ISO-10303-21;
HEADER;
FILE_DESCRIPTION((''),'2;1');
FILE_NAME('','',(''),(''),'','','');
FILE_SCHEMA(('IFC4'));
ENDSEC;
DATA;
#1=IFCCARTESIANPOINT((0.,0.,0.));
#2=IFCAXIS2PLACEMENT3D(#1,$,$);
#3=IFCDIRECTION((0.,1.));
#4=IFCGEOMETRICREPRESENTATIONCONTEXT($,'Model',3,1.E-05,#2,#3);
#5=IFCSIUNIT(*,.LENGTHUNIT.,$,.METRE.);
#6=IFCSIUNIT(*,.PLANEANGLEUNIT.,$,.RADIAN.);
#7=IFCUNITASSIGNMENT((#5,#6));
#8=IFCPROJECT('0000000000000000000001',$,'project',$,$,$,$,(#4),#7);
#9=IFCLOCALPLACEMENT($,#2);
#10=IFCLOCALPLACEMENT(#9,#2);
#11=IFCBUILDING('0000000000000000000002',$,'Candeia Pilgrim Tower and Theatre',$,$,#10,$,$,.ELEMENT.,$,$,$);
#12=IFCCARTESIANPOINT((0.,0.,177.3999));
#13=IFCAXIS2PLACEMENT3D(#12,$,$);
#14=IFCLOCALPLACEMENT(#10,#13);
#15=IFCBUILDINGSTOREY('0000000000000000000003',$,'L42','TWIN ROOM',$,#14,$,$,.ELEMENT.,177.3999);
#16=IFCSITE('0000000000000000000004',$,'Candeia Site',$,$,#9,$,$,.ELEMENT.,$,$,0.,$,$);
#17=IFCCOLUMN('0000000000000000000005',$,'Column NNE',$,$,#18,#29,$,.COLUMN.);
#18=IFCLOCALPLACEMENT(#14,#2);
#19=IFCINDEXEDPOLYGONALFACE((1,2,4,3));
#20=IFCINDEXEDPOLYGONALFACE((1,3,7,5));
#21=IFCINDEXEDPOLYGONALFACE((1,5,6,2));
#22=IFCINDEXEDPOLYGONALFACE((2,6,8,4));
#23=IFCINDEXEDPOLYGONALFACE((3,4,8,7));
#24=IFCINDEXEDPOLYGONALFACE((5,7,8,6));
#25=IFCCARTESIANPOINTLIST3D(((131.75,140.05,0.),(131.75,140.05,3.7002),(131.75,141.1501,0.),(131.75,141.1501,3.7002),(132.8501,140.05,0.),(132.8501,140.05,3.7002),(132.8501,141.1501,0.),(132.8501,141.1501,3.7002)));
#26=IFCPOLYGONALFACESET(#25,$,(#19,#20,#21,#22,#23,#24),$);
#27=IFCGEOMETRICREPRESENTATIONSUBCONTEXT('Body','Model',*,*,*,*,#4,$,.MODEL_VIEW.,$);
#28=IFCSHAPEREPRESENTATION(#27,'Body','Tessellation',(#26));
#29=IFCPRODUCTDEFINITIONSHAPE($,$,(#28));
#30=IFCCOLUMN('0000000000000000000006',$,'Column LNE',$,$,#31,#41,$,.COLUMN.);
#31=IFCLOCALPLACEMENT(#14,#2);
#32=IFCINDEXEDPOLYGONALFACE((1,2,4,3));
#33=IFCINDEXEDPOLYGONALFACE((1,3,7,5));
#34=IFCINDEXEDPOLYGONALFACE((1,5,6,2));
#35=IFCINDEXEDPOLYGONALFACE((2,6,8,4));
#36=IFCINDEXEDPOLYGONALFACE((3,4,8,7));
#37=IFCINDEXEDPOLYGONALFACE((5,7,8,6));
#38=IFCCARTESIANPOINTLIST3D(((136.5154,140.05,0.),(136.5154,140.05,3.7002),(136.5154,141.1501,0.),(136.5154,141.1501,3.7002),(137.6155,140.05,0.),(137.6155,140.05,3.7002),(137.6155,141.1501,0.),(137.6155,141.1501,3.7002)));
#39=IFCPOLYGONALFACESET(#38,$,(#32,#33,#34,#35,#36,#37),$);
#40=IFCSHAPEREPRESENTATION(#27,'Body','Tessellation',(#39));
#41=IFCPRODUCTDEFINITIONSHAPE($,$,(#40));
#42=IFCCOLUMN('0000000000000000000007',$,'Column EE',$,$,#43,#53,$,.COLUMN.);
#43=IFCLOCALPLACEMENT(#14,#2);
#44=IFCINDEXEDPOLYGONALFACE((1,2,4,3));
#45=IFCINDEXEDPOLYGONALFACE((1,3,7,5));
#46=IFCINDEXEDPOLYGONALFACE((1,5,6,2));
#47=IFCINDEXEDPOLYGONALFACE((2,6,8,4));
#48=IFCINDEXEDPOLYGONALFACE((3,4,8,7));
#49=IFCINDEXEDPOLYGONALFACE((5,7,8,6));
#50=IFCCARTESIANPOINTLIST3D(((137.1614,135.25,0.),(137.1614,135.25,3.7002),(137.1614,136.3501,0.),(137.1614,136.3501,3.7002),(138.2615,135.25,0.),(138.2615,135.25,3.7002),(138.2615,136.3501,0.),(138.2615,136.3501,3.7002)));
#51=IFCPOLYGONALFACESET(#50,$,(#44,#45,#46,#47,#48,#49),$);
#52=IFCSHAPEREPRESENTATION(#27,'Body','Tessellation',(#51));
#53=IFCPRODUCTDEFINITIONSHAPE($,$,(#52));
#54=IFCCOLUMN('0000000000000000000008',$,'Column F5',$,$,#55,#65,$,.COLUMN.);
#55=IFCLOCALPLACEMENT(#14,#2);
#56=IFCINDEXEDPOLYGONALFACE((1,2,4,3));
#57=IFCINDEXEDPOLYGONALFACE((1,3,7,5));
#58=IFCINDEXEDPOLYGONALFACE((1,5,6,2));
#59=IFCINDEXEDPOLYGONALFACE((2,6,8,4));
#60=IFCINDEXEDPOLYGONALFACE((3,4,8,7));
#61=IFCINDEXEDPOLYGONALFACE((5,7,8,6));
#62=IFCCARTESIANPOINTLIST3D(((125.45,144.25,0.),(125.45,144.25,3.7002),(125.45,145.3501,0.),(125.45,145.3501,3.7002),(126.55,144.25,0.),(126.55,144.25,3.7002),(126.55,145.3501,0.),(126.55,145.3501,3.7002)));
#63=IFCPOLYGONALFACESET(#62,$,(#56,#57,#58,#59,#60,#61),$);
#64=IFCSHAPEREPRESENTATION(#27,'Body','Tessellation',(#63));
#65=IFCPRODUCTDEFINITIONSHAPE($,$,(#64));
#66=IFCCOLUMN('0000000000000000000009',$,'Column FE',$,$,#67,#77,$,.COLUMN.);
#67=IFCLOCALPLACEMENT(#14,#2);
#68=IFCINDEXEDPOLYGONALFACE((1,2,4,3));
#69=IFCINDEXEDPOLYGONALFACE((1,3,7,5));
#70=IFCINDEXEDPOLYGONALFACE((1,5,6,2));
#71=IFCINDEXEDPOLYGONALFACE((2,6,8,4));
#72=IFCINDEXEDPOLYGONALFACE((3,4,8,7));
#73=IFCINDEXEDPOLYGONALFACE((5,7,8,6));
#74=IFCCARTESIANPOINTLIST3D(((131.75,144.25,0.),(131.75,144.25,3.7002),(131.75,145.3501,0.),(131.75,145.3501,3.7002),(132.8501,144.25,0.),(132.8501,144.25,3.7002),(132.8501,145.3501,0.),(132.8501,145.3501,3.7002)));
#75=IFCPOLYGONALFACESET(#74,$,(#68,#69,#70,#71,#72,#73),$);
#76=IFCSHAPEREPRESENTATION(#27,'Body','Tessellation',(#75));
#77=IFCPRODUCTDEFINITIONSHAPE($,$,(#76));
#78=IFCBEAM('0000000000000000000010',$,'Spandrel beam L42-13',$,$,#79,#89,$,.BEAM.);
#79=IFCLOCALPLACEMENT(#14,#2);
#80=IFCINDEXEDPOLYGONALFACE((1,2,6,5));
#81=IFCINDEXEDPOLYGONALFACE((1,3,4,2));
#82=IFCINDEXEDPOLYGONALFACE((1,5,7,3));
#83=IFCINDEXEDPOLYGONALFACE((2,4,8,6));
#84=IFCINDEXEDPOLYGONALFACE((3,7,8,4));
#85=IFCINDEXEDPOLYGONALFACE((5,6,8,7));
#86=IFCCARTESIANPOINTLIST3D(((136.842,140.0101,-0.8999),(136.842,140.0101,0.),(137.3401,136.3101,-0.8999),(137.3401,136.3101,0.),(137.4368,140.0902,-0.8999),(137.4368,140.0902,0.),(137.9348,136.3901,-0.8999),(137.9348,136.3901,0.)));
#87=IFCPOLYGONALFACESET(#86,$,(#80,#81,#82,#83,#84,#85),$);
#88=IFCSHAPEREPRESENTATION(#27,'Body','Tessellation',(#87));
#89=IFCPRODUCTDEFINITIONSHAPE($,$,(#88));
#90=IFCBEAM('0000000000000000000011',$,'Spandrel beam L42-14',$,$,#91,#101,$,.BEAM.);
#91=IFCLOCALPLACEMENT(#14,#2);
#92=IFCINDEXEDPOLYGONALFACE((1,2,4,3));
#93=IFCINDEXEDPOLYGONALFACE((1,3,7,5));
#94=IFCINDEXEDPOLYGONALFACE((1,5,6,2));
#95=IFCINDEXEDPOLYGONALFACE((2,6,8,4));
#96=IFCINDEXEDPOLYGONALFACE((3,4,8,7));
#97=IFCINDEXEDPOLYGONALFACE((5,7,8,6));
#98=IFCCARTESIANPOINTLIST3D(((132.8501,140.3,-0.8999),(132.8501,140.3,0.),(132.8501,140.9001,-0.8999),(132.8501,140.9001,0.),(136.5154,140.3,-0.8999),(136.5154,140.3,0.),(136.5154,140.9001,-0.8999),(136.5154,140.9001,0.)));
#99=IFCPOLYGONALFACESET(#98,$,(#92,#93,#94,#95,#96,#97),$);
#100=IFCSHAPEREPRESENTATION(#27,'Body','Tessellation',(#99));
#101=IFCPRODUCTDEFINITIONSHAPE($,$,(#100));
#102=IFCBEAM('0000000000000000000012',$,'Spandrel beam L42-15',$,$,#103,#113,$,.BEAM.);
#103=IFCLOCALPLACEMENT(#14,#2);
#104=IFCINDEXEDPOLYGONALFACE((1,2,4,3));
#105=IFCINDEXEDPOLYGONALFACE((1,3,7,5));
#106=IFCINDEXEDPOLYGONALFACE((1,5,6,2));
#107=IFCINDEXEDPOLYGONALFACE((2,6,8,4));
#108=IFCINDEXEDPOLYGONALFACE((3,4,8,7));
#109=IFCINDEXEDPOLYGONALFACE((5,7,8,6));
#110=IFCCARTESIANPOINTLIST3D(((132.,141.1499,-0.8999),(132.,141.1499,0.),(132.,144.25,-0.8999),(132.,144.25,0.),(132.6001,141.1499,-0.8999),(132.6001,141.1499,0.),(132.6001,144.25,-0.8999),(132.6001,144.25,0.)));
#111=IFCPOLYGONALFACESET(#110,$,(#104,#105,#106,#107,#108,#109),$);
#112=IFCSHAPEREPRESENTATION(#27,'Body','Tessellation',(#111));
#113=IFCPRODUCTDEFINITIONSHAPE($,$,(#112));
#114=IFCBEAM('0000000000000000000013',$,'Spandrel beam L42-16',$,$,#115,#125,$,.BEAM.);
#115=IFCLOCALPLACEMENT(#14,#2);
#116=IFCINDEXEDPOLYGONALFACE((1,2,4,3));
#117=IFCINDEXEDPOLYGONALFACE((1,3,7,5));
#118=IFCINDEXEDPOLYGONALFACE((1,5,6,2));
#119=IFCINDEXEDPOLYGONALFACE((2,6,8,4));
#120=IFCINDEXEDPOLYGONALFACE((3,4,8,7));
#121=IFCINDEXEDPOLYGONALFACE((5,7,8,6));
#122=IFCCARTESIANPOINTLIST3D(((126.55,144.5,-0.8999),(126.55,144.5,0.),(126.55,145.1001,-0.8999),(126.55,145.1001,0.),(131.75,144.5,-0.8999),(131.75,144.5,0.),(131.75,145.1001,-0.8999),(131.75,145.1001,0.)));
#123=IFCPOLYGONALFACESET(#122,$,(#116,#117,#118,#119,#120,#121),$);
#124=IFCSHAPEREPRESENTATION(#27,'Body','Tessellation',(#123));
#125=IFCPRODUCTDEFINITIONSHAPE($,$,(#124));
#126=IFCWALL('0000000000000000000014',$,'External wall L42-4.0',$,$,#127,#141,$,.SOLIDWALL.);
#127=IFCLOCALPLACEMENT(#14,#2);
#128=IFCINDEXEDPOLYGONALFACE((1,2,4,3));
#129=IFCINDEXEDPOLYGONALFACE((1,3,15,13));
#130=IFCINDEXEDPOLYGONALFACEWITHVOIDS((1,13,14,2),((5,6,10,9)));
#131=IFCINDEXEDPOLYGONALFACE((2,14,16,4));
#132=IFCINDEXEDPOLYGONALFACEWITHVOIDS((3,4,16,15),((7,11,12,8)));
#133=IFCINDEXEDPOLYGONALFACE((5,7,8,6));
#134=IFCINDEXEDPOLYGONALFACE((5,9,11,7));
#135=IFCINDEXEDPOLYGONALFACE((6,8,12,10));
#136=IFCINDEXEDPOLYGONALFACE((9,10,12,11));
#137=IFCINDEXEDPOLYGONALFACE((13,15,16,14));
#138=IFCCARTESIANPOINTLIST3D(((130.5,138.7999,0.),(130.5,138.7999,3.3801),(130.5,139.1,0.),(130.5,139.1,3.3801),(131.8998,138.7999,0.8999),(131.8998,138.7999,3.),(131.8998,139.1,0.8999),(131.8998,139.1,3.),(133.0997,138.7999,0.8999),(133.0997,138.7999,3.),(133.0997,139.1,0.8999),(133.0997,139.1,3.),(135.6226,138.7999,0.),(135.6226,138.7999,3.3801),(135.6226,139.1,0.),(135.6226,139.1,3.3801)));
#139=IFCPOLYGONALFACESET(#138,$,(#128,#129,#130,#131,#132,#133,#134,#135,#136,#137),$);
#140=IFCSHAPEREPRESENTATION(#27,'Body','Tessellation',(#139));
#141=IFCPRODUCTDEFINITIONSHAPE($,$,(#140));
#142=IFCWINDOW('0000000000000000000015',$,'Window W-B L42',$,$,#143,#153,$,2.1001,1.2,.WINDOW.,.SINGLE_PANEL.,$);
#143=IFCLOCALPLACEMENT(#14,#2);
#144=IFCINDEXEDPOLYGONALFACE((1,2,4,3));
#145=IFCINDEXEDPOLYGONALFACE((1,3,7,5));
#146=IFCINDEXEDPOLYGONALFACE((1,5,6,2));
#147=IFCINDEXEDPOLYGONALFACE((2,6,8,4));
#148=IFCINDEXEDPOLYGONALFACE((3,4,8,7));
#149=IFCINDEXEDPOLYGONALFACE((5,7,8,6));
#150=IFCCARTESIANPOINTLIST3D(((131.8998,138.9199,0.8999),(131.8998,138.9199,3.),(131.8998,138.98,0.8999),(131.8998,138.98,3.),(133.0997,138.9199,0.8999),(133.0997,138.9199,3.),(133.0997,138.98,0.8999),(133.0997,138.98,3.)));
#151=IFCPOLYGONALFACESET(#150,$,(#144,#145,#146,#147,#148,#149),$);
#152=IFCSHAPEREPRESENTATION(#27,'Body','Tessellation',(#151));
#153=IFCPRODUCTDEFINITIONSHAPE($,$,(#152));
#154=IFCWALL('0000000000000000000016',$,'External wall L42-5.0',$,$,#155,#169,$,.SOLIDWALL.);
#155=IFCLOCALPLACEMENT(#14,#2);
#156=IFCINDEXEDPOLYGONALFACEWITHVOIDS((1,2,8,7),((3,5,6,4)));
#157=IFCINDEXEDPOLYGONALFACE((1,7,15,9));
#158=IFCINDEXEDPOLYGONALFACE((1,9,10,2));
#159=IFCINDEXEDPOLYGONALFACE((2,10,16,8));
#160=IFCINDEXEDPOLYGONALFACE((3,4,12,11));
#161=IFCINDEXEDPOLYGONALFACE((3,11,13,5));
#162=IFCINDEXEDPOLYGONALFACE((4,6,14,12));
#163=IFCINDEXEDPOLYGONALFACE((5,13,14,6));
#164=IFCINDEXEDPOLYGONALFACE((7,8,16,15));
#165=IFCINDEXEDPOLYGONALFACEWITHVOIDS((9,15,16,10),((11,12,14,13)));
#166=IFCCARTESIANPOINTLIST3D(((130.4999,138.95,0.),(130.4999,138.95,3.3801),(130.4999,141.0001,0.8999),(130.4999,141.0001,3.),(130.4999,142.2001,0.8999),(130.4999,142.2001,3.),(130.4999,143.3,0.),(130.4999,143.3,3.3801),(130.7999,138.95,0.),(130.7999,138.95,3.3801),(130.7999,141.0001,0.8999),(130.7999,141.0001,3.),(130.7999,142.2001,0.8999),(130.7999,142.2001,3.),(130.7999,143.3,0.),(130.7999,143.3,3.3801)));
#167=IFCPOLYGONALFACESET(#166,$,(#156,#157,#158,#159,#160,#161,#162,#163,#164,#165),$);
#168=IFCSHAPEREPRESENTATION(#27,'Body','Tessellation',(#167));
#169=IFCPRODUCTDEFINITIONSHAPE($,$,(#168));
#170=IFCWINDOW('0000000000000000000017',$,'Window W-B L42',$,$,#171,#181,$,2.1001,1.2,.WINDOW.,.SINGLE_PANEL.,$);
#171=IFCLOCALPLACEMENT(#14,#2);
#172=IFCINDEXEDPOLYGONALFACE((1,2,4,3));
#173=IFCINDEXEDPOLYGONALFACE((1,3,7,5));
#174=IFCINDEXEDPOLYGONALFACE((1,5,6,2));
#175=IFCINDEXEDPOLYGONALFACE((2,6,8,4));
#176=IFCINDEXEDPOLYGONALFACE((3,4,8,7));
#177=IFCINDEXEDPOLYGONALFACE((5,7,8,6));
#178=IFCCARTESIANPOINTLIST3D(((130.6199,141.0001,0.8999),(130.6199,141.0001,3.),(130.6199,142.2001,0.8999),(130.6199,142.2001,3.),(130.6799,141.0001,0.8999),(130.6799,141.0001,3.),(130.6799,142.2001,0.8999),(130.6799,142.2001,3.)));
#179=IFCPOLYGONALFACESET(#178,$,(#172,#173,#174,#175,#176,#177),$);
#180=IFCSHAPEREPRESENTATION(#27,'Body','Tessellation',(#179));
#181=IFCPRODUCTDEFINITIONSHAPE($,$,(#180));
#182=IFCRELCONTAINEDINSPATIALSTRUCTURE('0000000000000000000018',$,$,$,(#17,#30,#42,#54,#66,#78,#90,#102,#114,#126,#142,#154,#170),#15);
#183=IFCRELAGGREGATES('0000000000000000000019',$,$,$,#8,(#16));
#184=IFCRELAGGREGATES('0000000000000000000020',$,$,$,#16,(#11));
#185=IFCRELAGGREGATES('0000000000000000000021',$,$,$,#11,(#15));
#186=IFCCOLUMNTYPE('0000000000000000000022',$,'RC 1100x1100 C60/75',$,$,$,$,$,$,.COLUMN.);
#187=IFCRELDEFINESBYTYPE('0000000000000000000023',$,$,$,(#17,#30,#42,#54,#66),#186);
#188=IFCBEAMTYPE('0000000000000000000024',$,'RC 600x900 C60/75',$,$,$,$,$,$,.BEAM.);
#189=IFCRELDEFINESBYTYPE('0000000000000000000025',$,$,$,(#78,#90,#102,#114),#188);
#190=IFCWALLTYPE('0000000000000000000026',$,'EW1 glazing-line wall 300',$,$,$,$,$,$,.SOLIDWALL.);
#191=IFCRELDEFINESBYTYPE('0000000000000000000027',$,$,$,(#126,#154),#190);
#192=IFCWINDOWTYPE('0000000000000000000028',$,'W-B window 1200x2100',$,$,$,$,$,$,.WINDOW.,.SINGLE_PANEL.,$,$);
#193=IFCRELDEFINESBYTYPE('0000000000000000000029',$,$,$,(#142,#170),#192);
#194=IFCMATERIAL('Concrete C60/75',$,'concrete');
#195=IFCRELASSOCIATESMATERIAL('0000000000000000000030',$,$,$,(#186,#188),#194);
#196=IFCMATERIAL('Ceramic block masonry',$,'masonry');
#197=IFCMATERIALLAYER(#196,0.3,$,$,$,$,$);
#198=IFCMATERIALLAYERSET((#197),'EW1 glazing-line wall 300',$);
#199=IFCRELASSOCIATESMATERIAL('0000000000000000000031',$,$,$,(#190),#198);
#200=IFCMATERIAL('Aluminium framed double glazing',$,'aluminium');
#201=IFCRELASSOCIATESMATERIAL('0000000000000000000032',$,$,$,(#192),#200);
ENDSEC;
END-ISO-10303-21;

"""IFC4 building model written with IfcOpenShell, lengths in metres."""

from ifc_helpers import new_model, si_unit, direction, frame, frame_2d, origin, origin_2d, place, context, subcontext, project, spatial, rectangle, extrude, material, layer, layer_set, material_profile, profile_set, type_object, element, fill, save


model = new_model("IFC4")

# Units and contexts
model_context = context("Model", 3, precision=1e-05, world=origin(), true_north=direction((0.0, 1.0)))
body_context = subcontext(model_context, "Body", "Model", "MODEL_VIEW")
ifc_project = project(units=[si_unit("LENGTHUNIT", "METRE"), si_unit("PLANEANGLEUNIT", "RADIAN")], contexts=[model_context])

# Site, building, storey
site_placement = place(None, origin())
site = spatial("IfcSite", under=ifc_project, at=site_placement, Name="Candeia Site", CompositionType="ELEMENT", RefElevation=0.0)
building_placement = place(site_placement, origin())
building = spatial("IfcBuilding", under=site, at=building_placement, Name="Candeia Pilgrim Tower and Theatre", CompositionType="ELEMENT")
storey_placement = place(building_placement, frame((0.0, 0.0, 177.3999)))
storey = spatial("IfcBuildingStorey", under=building, at=storey_placement, Name="L42", Description="TWIN ROOM", CompositionType="ELEMENT", Elevation=177.3999)

# Columns
ifc_material_1 = material(Name="Concrete C60/75", Category="concrete")
ifc_material_profile_1 = material_profile(ifc_material_1, rectangle(XDim=1.1001, YDim=1.1001, at=origin_2d()))
ifc_profile_set_1 = profile_set([ifc_material_profile_1], Name="Concrete C60/75")
column_type = type_object("IfcColumnType", Name="RC 1100x1100 C60/75", PredefinedType="COLUMN", material=ifc_profile_set_1)
for number, where, z_axis, x_axis, name in (
    (1, (132.3, 140.6001, 0.0), (0.0, 0.0, 1.0), (1.0, 0.0, 0.0), "Column NNE"),
    (2, (137.0654, 140.6001, 0.0), (0.0, 0.0, 1.0), (1.0, 0.0, 0.0), "Column LNE"),
    (3, (137.7114, 135.8, 0.0), (0.0, 0.0, 1.0), (1.0, 0.0, 0.0), "Column EE"),
    (4, (126.0, 144.8, 0.0), (0.0, 0.0, 1.0), (1.0, 0.0, 0.0), "Column F5"),
    (5, (132.3, 144.8, 0.0), (0.0, 0.0, 1.0), (1.0, 0.0, 0.0), "Column FE"),
):
    element("IfcColumn", number, at=place(storey_placement, frame(where, z_axis=z_axis, x_axis=x_axis)), inside=storey, type_object=column_type, Name=name, PredefinedType="COLUMN", context=body_context, shape_type="SweptSolid", body=[
        extrude(rectangle(XDim=1.1001, YDim=1.1001, at=origin_2d()), origin(), (0.0, 0.0, 1.0), 3.7002),
    ])

# Beams
ifc_material_profile_2 = material_profile(ifc_material_1, rectangle(XDim=0.6001, YDim=0.8999, at=origin_2d()))
ifc_profile_set_2 = profile_set([ifc_material_profile_2], Name="Concrete C60/75")
beam_type = type_object("IfcBeamType", Name="RC 600x900 C60/75", PredefinedType="BEAM", material=ifc_profile_set_2)
beam_1_placement = place(storey_placement, frame((137.6375, 136.3501, -0.45), z_axis=(-0.133406, 0.991061, 0.0), x_axis=(-0.991061, -0.133406, 0.0)))
element("IfcBeam", 6, at=beam_1_placement, inside=storey, type_object=beam_type, Name="Spandrel beam L42-13", PredefinedType="BEAM", context=body_context, shape_type="SweptSolid", body=[
    extrude(rectangle(XDim=0.6001, YDim=0.8999, at=origin_2d()), origin(), (0.0, 0.0, 1.0), 3.7334),
])
beam_2_placement = place(storey_placement, frame((136.5154, 140.6001, -0.45), z_axis=(-1.0, 0.0, 0.0), x_axis=(0.0, -1.0, 0.0)))
element("IfcBeam", 7, at=beam_2_placement, inside=storey, type_object=beam_type, Name="Spandrel beam L42-14", PredefinedType="BEAM", context=body_context, shape_type="SweptSolid", body=[
    extrude(rectangle(XDim=0.6001, YDim=0.8999, at=origin_2d()), origin(), (0.0, 0.0, 1.0), 3.6653),
])
beam_3_placement = place(storey_placement, frame((132.3, 141.1499, -0.45), z_axis=(0.0, 1.0, 0.0), x_axis=(-1.0, 0.0, 0.0)))
element("IfcBeam", 8, at=beam_3_placement, inside=storey, type_object=beam_type, Name="Spandrel beam L42-15", PredefinedType="BEAM", context=body_context, shape_type="SweptSolid", body=[
    extrude(rectangle(XDim=0.6001, YDim=0.8999, at=origin_2d()), origin(), (0.0, 0.0, 1.0), 3.1001),
])
beam_4_placement = place(storey_placement, frame((131.75, 144.8, -0.45), z_axis=(-1.0, 0.0, 0.0), x_axis=(0.0, -1.0, 0.0)))
element("IfcBeam", 9, at=beam_4_placement, inside=storey, type_object=beam_type, Name="Spandrel beam L42-16", PredefinedType="BEAM", context=body_context, shape_type="SweptSolid", body=[
    extrude(rectangle(XDim=0.6001, YDim=0.8999, at=origin_2d()), origin(), (0.0, 0.0, 1.0), 5.2),
])

# Walls, openings, windows
ifc_material_2 = material(Name="Ceramic block masonry", Category="masonry")
ifc_layer_1 = layer(ifc_material_2, 0.3)
ifc_layer_set_1 = layer_set([ifc_layer_1], Name="EW1 glazing-line wall 300")
wall_type_1 = type_object("IfcWallType", Name="EW1 glazing-line wall 300", PredefinedType="SOLIDWALL", material=ifc_layer_set_1)
wall_1_placement = place(storey_placement, frame((135.6226, 138.95, 0.0), z_axis=(0.0, 0.0, 1.0), x_axis=(-1.0, 0.0, 0.0)))
wall_1 = element("IfcWall", 10, at=wall_1_placement, inside=storey, type_object=wall_type_1, Name="External wall L42-4.0", PredefinedType="SOLIDWALL", context=body_context, shape_type="SweptSolid", body=[
    extrude(rectangle(XDim=5.1226, YDim=0.3, at=frame_2d((2.5613, 0.0))), origin(), (0.0, 0.0, 1.0), 3.3801),
])
opening_1_placement = place(wall_1_placement, frame((2.5227, 0.0, 0.8999)))
opening_1 = element("IfcOpeningElement", 11, at=opening_1_placement, cuts=wall_1, PredefinedType="OPENING", context=body_context, shape_type="SweptSolid", body=[
    extrude(rectangle(XDim=1.2, YDim=2.1001, at=frame_2d((0.6001, 1.05))), frame((0.0, 0.1602, 0.0), z_axis=(0.0, -1.0, 0.0), x_axis=(1.0, 0.0, 0.0)), (0.0, 0.0, 1.0), 0.3201),
])
ifc_material_3 = material(Name="Aluminium framed double glazing", Category="aluminium")
window_type_1 = type_object("IfcWindowType", Name="W-B window 1200x2100", PartitioningType="SINGLE_PANEL", PredefinedType="WINDOW", material=ifc_material_3)
window_1_placement = place(opening_1_placement, origin())
window_1 = element("IfcWindow", 12, at=window_1_placement, inside=storey, type_object=window_type_1, Name="Window W-B L42", OverallHeight=2.1001, OverallWidth=1.2, PartitioningType="SINGLE_PANEL", PredefinedType="WINDOW", context=body_context, shape_type="SweptSolid", body=[
    extrude(rectangle(XDim=1.2, YDim=2.1001, at=frame_2d((0.6001, 1.05))), frame((0.0, 0.03, 0.0), z_axis=(0.0, -1.0, 0.0), x_axis=(1.0, 0.0, 0.0)), (0.0, 0.0, 1.0), 0.0601),
])
fill(opening_1, window_1)
wall_2_placement = place(storey_placement, frame((130.6499, 138.95, 0.0), z_axis=(0.0, 0.0, 1.0), x_axis=(0.0, 1.0, 0.0)))
wall_2 = element("IfcWall", 13, at=wall_2_placement, inside=storey, type_object=wall_type_1, Name="External wall L42-5.0", PredefinedType="SOLIDWALL", context=body_context, shape_type="SweptSolid", body=[
    extrude(rectangle(XDim=4.3501, YDim=0.3, at=frame_2d((2.175, 0.0))), origin(), (0.0, 0.0, 1.0), 3.3801),
])
opening_2_placement = place(wall_2_placement, frame((2.05, 0.0, 0.8999)))
opening_2 = element("IfcOpeningElement", 14, at=opening_2_placement, cuts=wall_2, PredefinedType="OPENING", context=body_context, shape_type="SweptSolid", body=[
    extrude(rectangle(XDim=1.2, YDim=2.1001, at=frame_2d((0.6001, 1.05))), frame((0.0, 0.1602, 0.0), z_axis=(0.0, -1.0, 0.0), x_axis=(1.0, 0.0, 0.0)), (0.0, 0.0, 1.0), 0.3201),
])
window_2_placement = place(opening_2_placement, origin())
window_2 = element("IfcWindow", 15, at=window_2_placement, inside=storey, type_object=window_type_1, Name="Window W-B L42", OverallHeight=2.1001, OverallWidth=1.2, PartitioningType="SINGLE_PANEL", PredefinedType="WINDOW", context=body_context, shape_type="SweptSolid", body=[
    extrude(rectangle(XDim=1.2, YDim=2.1001, at=frame_2d((0.6001, 1.05))), frame((0.0, 0.03, 0.0), z_axis=(0.0, -1.0, 0.0), x_axis=(1.0, 0.0, 0.0)), (0.0, 0.0, 1.0), 0.0601),
])
fill(opening_2, window_2)

save(model, "model.ifc")
